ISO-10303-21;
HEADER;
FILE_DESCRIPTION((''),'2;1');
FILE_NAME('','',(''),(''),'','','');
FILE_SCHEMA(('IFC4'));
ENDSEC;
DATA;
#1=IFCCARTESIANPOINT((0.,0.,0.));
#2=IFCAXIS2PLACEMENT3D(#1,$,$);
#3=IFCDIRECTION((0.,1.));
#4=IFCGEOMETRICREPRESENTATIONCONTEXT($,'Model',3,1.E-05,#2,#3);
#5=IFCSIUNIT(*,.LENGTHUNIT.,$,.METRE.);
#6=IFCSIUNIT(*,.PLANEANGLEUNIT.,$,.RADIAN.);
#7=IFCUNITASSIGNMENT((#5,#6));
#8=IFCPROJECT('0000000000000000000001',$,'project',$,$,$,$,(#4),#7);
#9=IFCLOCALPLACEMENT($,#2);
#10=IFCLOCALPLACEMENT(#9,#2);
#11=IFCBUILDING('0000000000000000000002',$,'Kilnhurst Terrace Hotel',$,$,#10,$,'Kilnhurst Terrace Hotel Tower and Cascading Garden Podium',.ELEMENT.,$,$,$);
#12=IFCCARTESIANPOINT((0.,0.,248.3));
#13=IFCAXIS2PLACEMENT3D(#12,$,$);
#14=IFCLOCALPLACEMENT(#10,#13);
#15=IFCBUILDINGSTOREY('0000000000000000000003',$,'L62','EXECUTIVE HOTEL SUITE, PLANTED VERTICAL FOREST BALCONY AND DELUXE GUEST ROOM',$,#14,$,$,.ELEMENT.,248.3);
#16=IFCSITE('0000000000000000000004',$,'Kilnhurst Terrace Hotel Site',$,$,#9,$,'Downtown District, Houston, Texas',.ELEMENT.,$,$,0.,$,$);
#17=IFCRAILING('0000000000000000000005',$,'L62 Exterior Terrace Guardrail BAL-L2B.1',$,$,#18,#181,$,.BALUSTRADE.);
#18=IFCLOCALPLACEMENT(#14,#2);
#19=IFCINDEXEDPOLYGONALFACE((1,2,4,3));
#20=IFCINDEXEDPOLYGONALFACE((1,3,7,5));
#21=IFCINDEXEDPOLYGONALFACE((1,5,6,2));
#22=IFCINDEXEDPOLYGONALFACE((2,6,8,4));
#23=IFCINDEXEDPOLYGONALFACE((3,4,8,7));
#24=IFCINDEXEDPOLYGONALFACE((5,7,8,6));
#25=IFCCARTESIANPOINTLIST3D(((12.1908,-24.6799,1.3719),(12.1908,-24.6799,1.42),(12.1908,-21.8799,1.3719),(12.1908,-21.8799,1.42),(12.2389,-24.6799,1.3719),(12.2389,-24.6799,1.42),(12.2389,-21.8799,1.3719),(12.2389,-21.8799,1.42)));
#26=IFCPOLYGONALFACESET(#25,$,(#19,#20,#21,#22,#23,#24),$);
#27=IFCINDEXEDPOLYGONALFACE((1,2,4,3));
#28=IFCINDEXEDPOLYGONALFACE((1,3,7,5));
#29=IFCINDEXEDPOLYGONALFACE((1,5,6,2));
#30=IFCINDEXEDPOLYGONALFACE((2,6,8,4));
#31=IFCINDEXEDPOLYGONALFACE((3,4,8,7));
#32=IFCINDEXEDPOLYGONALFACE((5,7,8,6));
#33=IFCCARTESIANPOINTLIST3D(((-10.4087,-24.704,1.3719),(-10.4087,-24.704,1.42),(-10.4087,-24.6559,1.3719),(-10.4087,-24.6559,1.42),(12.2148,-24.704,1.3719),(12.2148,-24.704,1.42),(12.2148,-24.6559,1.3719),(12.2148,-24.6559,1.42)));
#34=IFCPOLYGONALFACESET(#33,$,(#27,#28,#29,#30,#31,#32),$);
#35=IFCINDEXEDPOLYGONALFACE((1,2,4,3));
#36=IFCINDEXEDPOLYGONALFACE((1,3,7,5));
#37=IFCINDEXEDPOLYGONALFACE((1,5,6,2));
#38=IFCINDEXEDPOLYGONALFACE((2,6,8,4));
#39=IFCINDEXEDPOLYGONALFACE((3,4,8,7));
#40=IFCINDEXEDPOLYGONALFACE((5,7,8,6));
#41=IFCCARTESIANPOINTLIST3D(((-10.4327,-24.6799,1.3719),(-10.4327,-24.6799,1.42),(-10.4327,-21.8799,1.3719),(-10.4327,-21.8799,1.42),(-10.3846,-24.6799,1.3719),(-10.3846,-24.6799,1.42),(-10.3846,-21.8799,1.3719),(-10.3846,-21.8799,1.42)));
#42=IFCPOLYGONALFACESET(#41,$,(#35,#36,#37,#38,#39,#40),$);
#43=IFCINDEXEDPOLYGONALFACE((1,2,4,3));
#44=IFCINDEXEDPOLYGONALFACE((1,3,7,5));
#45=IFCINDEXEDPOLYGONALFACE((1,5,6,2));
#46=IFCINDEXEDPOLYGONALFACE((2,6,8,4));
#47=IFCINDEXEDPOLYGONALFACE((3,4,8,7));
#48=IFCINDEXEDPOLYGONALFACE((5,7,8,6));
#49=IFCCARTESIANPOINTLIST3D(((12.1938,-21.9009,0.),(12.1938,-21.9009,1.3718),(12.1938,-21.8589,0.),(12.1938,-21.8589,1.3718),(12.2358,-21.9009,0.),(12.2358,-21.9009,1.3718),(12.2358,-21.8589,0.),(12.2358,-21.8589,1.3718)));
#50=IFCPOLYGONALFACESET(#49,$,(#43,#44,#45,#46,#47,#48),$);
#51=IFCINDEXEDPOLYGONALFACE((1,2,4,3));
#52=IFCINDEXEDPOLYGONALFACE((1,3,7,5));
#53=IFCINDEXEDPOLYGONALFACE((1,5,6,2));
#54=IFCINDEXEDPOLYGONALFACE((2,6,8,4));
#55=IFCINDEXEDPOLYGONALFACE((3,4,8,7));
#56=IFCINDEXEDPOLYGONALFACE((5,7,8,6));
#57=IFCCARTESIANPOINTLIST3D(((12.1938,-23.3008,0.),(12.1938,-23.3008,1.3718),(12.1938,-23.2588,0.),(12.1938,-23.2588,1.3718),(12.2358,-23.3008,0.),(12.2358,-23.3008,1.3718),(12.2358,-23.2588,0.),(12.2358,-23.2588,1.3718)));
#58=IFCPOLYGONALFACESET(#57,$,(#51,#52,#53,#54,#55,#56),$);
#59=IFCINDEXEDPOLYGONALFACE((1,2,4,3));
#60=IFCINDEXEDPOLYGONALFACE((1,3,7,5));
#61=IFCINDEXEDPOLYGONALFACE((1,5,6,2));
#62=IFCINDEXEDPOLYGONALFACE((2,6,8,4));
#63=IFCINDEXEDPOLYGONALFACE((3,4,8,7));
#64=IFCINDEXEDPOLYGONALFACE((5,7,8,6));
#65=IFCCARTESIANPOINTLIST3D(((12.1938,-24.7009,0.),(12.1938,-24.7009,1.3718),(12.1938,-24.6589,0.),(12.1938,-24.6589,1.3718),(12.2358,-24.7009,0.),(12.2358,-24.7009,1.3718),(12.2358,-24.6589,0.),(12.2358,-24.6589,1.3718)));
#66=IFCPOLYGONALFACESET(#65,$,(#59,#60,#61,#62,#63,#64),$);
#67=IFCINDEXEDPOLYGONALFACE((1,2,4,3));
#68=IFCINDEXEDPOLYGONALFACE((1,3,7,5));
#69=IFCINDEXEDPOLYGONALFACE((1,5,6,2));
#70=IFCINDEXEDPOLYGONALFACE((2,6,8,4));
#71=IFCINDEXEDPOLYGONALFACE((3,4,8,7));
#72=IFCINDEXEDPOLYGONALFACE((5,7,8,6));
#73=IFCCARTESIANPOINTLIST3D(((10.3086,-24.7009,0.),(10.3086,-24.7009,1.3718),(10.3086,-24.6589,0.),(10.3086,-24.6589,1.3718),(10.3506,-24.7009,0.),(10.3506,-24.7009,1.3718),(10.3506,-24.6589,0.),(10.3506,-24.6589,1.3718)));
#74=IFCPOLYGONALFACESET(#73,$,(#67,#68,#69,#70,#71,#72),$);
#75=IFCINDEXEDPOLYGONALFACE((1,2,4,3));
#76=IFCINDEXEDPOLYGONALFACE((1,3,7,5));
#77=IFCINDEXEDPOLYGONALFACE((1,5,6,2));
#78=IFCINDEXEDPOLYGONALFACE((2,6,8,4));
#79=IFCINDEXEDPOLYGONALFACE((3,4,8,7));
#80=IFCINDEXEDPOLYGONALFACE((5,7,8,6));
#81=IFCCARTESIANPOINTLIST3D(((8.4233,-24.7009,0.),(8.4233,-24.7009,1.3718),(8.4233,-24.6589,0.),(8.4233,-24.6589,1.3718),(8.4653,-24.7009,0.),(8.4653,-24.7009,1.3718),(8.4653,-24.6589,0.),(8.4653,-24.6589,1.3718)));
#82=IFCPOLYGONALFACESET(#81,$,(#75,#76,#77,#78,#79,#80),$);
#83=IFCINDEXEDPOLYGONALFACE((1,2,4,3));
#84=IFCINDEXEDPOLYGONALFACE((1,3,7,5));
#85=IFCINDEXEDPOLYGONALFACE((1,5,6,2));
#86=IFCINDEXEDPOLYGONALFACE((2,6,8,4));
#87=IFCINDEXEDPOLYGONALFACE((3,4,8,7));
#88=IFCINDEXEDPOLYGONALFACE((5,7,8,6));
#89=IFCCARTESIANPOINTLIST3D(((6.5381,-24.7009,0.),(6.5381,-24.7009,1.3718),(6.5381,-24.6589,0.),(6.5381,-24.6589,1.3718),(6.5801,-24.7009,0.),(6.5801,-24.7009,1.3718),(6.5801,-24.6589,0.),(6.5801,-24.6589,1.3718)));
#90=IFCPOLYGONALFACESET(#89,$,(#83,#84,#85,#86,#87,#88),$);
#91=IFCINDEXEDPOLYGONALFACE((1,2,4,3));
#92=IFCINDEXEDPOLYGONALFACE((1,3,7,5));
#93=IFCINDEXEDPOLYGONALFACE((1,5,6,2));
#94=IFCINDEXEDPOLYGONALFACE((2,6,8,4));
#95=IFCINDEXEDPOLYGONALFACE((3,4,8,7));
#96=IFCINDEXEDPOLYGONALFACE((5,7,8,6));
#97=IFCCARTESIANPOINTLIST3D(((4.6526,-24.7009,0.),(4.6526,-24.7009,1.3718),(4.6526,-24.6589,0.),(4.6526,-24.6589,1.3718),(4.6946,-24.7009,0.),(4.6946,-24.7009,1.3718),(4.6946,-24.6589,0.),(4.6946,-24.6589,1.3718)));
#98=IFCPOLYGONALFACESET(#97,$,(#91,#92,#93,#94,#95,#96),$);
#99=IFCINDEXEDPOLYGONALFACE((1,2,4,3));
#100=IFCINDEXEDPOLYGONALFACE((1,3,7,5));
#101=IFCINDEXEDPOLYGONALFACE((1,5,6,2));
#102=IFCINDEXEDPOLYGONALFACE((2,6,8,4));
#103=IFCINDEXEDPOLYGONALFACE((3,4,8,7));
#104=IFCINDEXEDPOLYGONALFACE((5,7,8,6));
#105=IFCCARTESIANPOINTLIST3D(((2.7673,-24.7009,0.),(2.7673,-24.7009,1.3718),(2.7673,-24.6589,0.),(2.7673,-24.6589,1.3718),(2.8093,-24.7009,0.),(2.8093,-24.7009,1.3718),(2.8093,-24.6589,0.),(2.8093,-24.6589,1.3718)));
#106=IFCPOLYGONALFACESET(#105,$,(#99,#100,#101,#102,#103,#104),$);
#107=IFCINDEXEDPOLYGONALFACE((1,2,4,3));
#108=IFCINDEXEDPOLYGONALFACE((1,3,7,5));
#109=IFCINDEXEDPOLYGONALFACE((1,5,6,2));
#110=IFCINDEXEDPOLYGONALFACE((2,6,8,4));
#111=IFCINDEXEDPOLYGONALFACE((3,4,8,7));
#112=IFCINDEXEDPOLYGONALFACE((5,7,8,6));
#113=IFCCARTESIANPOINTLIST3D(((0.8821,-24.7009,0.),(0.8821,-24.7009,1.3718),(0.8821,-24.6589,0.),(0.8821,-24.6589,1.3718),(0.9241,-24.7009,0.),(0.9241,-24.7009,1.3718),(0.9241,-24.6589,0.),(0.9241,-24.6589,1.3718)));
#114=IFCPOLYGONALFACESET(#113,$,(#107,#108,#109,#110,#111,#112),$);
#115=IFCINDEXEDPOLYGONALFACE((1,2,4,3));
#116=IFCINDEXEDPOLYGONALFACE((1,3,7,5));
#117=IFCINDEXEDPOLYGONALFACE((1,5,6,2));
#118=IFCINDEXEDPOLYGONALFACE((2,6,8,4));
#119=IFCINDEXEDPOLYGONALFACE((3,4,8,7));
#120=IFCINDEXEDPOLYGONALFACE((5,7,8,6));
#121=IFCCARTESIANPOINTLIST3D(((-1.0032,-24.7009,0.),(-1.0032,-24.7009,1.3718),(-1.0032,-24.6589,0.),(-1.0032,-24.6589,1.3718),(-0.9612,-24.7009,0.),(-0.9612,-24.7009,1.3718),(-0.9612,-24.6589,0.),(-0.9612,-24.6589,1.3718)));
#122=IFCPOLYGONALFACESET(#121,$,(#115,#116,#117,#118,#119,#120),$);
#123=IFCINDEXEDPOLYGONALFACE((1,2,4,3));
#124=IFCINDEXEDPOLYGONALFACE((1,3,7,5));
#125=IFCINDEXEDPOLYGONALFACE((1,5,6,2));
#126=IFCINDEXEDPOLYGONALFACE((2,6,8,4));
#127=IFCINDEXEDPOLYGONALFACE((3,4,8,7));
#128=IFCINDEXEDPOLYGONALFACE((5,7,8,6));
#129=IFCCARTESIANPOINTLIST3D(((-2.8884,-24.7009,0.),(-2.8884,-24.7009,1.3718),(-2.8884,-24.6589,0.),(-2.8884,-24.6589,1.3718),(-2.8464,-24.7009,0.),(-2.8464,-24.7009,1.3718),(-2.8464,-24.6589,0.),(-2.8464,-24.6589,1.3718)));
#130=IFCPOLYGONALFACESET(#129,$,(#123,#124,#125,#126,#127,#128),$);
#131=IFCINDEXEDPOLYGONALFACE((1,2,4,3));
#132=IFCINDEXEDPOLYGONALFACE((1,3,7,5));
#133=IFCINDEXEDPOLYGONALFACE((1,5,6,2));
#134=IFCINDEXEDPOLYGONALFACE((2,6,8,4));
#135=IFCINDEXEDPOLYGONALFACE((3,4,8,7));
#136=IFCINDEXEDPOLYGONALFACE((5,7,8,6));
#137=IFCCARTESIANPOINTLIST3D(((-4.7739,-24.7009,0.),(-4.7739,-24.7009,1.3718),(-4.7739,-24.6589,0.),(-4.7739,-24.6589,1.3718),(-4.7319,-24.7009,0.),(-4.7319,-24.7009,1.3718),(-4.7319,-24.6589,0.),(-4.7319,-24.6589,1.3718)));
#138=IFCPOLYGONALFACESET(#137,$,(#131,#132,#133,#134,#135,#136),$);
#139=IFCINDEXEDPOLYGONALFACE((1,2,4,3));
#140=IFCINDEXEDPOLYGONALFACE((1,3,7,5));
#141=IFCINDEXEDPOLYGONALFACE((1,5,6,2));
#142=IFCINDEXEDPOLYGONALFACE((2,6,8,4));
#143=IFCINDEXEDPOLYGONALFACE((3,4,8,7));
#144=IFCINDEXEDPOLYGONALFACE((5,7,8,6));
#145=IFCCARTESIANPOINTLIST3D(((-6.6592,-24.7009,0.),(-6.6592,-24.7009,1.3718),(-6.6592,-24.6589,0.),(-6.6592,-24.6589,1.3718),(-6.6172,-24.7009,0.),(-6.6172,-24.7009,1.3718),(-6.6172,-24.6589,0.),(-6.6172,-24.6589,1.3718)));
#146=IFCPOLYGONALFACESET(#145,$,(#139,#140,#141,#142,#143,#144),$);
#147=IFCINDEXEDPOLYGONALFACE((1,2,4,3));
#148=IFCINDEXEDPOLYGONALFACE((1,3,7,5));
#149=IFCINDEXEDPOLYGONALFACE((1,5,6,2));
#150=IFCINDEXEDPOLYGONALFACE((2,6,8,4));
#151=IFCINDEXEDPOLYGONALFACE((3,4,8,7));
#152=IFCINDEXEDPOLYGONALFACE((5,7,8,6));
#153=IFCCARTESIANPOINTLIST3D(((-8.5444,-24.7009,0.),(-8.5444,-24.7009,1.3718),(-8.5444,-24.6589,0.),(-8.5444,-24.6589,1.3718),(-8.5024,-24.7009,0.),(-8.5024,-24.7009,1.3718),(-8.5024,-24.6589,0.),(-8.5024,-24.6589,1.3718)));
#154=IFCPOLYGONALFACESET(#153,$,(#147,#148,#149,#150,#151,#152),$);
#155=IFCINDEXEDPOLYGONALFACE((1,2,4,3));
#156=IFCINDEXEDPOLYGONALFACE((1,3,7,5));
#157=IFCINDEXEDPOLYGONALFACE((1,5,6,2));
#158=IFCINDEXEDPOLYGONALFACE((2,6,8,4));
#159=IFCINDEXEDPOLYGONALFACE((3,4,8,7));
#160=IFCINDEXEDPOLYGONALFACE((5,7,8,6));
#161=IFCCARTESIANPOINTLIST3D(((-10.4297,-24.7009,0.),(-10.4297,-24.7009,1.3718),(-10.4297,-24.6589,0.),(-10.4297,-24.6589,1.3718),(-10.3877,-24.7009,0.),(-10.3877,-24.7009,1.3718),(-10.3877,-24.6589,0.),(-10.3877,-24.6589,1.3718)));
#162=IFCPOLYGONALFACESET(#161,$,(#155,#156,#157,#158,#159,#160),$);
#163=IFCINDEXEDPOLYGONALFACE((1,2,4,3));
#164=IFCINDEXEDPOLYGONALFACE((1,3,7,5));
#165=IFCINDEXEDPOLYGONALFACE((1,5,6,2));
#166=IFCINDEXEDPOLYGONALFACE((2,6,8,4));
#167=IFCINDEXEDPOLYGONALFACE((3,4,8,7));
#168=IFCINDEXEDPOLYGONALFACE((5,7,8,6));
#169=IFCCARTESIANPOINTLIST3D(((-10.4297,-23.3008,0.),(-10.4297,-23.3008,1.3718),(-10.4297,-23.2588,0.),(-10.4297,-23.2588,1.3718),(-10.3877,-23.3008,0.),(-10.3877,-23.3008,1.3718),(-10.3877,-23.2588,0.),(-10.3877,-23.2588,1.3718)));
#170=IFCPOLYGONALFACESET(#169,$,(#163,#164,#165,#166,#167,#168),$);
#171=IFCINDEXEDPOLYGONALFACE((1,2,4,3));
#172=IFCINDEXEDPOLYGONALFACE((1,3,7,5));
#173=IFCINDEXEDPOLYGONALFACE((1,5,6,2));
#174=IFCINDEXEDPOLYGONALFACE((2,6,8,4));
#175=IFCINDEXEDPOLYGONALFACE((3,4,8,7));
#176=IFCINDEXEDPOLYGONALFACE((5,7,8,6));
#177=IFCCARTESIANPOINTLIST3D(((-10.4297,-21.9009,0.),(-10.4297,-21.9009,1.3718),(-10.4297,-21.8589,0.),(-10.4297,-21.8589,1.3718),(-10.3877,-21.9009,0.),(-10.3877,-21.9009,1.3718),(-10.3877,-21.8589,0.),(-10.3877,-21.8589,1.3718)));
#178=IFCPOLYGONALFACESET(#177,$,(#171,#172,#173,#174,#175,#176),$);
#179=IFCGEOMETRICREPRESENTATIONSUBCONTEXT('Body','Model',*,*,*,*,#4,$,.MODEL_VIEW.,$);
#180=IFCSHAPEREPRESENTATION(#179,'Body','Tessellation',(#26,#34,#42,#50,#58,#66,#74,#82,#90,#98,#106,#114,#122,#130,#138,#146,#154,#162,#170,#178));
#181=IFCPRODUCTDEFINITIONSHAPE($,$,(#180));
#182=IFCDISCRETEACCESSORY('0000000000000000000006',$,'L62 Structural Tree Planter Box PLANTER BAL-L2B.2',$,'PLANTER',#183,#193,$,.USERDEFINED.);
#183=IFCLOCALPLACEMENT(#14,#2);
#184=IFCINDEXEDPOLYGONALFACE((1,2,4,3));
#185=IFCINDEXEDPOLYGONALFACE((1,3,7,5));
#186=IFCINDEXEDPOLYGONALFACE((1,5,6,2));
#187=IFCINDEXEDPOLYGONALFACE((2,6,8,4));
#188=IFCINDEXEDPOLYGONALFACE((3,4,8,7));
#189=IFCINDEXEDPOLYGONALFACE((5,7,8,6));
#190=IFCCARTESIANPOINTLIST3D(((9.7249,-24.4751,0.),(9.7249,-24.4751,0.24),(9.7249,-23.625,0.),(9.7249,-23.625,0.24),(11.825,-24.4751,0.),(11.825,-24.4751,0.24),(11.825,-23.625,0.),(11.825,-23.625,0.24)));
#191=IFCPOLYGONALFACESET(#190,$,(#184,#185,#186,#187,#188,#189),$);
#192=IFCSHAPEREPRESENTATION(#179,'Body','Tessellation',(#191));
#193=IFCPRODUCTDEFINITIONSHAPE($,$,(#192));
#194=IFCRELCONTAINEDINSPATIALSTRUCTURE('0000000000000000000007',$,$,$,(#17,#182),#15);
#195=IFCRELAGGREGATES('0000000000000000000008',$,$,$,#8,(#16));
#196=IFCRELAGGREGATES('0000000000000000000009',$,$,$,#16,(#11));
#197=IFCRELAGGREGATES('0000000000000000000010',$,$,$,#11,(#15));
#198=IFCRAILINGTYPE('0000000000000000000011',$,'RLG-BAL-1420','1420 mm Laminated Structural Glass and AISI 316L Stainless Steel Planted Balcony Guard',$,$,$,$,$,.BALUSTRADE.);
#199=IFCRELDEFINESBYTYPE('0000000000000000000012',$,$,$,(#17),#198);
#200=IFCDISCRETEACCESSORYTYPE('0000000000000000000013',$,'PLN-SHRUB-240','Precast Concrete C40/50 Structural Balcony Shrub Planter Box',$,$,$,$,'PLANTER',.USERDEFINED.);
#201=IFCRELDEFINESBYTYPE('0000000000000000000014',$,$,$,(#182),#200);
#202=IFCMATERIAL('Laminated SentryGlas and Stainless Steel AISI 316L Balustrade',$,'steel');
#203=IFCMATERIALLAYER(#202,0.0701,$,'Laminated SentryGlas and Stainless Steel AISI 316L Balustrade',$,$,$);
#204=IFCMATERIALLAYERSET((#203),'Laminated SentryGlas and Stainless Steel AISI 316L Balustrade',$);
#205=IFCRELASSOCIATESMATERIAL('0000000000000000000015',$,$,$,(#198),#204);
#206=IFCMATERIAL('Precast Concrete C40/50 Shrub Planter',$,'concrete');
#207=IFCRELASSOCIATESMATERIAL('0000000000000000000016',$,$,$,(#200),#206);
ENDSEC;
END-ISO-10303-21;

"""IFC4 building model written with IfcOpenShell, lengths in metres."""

from ifc_helpers import new_model, si_unit, direction, frame, origin, origin_2d, place, context, subcontext, project, spatial, rectangle, extrude, material, layer, layer_set, type_object, element, save


model = new_model("IFC4")

# Units and contexts
model_context = context("Model", 3, precision=1e-05, world=origin(), true_north=direction((0.0, 1.0)))
body_context = subcontext(model_context, "Body", "Model", "MODEL_VIEW")
ifc_project = project(units=[si_unit("LENGTHUNIT", "METRE"), si_unit("PLANEANGLEUNIT", "RADIAN")], contexts=[model_context])

# Site, building, storey
site_placement = place(None, origin())
site = spatial("IfcSite", under=ifc_project, at=site_placement, Name="Kilnhurst Terrace Hotel Site", LongName="Downtown District, Houston, Texas", CompositionType="ELEMENT", RefElevation=0.0)
building_placement = place(site_placement, origin())
building = spatial("IfcBuilding", under=site, at=building_placement, Name="Kilnhurst Terrace Hotel", LongName="Kilnhurst Terrace Hotel Tower and Cascading Garden Podium", CompositionType="ELEMENT")
storey_placement = place(building_placement, frame((0.0, 0.0, 248.3)))
storey = spatial("IfcBuildingStorey", under=building, at=storey_placement, Name="L62", Description="EXECUTIVE HOTEL SUITE, PLANTED VERTICAL FOREST BALCONY AND DELUXE GUEST ROOM", CompositionType="ELEMENT", Elevation=248.3)

# Railing
ifc_material_1 = material(Name="Laminated SentryGlas and Stainless Steel AISI 316L Balustrade", Category="steel")
ifc_layer_1 = layer(ifc_material_1, 0.0701, Name="Laminated SentryGlas and Stainless Steel AISI 316L Balustrade")
ifc_layer_set_1 = layer_set([ifc_layer_1], Name="Laminated SentryGlas and Stainless Steel AISI 316L Balustrade")
railing_type = type_object("IfcRailingType", Name="RLG-BAL-1420", Description="1420 mm Laminated Structural Glass and AISI 316L Stainless Steel Planted Balcony Guard", PredefinedType="BALUSTRADE", material=ifc_layer_set_1)
railing_placement = place(storey_placement, frame((12.2148, -21.8799, 0.0)))
element("IfcRailing", 1, at=railing_placement, inside=storey, type_object=railing_type, Name="L62 Exterior Terrace Guardrail BAL-L2B.1", PredefinedType="BALUSTRADE", context=body_context, shape_type="SweptSolid", body=[
    extrude(rectangle(XDim=0.0481, YDim=0.0481, at=origin_2d()), frame((0.0, 0.0, 1.396), z_axis=(0.0, -1.0, 0.0), x_axis=(1.0, 0.0, 0.0)), (0.0, 0.0, 1.0), 2.8),
    extrude(rectangle(XDim=0.0481, YDim=0.0481, at=origin_2d()), frame((0.0, -2.8, 1.396), z_axis=(-1.0, 0.0, 0.0), x_axis=(0.0, -1.0, 0.0)), (0.0, 0.0, 1.0), 22.6235),
    extrude(rectangle(XDim=0.0481, YDim=0.0481, at=origin_2d()), frame((-22.6235, -2.8, 1.396), z_axis=(0.0, 1.0, 0.0), x_axis=(-1.0, 0.0, 0.0)), (0.0, 0.0, 1.0), 2.8),
    extrude(rectangle(XDim=0.042, YDim=0.042, at=origin_2d()), origin(), (0.0, 0.0, 1.0), 1.3718),
    extrude(rectangle(XDim=0.042, YDim=0.042, at=origin_2d()), frame((0.0, -1.3999, 0.0)), (0.0, 0.0, 1.0), 1.3718),
    extrude(rectangle(XDim=0.042, YDim=0.042, at=origin_2d()), frame((0.0, -2.8, 0.0)), (0.0, 0.0, 1.0), 1.3718),
    extrude(rectangle(XDim=0.042, YDim=0.042, at=origin_2d()), frame((-1.8853, -2.8, 0.0)), (0.0, 0.0, 1.0), 1.3718),
    extrude(rectangle(XDim=0.042, YDim=0.042, at=origin_2d()), frame((-3.7705, -2.8, 0.0)), (0.0, 0.0, 1.0), 1.3718),
    extrude(rectangle(XDim=0.042, YDim=0.042, at=origin_2d()), frame((-5.6558, -2.8, 0.0)), (0.0, 0.0, 1.0), 1.3718),
    extrude(rectangle(XDim=0.042, YDim=0.042, at=origin_2d()), frame((-7.5413, -2.8, 0.0)), (0.0, 0.0, 1.0), 1.3718),
    extrude(rectangle(XDim=0.042, YDim=0.042, at=origin_2d()), frame((-9.4265, -2.8, 0.0)), (0.0, 0.0, 1.0), 1.3718),
    extrude(rectangle(XDim=0.042, YDim=0.042, at=origin_2d()), frame((-11.3118, -2.8, 0.0)), (0.0, 0.0, 1.0), 1.3718),
    extrude(rectangle(XDim=0.042, YDim=0.042, at=origin_2d()), frame((-13.197, -2.8, 0.0)), (0.0, 0.0, 1.0), 1.3718),
    extrude(rectangle(XDim=0.042, YDim=0.042, at=origin_2d()), frame((-15.0823, -2.8, 0.0)), (0.0, 0.0, 1.0), 1.3718),
    extrude(rectangle(XDim=0.042, YDim=0.042, at=origin_2d()), frame((-16.9678, -2.8, 0.0)), (0.0, 0.0, 1.0), 1.3718),
    extrude(rectangle(XDim=0.042, YDim=0.042, at=origin_2d()), frame((-18.853, -2.8, 0.0)), (0.0, 0.0, 1.0), 1.3718),
    extrude(rectangle(XDim=0.042, YDim=0.042, at=origin_2d()), frame((-20.7383, -2.8, 0.0)), (0.0, 0.0, 1.0), 1.3718),
    extrude(rectangle(XDim=0.042, YDim=0.042, at=origin_2d()), frame((-22.6235, -2.8, 0.0)), (0.0, 0.0, 1.0), 1.3718),
    extrude(rectangle(XDim=0.042, YDim=0.042, at=origin_2d()), frame((-22.6235, -1.3999, 0.0)), (0.0, 0.0, 1.0), 1.3718),
    extrude(rectangle(XDim=0.042, YDim=0.042, at=origin_2d()), frame((-22.6235, 0.0, 0.0)), (0.0, 0.0, 1.0), 1.3718),
])

# Discrete accessory
ifc_material_2 = material(Name="Precast Concrete C40/50 Shrub Planter", Category="concrete")
discrete_accessory_type = type_object("IfcDiscreteAccessoryType", Name="PLN-SHRUB-240", Description="Precast Concrete C40/50 Structural Balcony Shrub Planter Box", ElementType="PLANTER", PredefinedType="USERDEFINED", material=ifc_material_2)
discrete_accessory_placement = place(storey_placement, frame((10.7749, -24.05, 0.0), z_axis=(0.0, 0.0, 1.0), x_axis=(1.0, 0.0, 0.0)))
element("IfcDiscreteAccessory", 2, at=discrete_accessory_placement, inside=storey, type_object=discrete_accessory_type, Name="L62 Structural Tree Planter Box PLANTER BAL-L2B.2", ObjectType="PLANTER", PredefinedType="USERDEFINED", context=body_context, shape_type="SweptSolid", body=[
    extrude(rectangle(XDim=2.1001, YDim=0.8501, at=origin_2d()), origin(), (0.0, 0.0, 1.0), 0.24),
])

save(model, "model.ifc")
